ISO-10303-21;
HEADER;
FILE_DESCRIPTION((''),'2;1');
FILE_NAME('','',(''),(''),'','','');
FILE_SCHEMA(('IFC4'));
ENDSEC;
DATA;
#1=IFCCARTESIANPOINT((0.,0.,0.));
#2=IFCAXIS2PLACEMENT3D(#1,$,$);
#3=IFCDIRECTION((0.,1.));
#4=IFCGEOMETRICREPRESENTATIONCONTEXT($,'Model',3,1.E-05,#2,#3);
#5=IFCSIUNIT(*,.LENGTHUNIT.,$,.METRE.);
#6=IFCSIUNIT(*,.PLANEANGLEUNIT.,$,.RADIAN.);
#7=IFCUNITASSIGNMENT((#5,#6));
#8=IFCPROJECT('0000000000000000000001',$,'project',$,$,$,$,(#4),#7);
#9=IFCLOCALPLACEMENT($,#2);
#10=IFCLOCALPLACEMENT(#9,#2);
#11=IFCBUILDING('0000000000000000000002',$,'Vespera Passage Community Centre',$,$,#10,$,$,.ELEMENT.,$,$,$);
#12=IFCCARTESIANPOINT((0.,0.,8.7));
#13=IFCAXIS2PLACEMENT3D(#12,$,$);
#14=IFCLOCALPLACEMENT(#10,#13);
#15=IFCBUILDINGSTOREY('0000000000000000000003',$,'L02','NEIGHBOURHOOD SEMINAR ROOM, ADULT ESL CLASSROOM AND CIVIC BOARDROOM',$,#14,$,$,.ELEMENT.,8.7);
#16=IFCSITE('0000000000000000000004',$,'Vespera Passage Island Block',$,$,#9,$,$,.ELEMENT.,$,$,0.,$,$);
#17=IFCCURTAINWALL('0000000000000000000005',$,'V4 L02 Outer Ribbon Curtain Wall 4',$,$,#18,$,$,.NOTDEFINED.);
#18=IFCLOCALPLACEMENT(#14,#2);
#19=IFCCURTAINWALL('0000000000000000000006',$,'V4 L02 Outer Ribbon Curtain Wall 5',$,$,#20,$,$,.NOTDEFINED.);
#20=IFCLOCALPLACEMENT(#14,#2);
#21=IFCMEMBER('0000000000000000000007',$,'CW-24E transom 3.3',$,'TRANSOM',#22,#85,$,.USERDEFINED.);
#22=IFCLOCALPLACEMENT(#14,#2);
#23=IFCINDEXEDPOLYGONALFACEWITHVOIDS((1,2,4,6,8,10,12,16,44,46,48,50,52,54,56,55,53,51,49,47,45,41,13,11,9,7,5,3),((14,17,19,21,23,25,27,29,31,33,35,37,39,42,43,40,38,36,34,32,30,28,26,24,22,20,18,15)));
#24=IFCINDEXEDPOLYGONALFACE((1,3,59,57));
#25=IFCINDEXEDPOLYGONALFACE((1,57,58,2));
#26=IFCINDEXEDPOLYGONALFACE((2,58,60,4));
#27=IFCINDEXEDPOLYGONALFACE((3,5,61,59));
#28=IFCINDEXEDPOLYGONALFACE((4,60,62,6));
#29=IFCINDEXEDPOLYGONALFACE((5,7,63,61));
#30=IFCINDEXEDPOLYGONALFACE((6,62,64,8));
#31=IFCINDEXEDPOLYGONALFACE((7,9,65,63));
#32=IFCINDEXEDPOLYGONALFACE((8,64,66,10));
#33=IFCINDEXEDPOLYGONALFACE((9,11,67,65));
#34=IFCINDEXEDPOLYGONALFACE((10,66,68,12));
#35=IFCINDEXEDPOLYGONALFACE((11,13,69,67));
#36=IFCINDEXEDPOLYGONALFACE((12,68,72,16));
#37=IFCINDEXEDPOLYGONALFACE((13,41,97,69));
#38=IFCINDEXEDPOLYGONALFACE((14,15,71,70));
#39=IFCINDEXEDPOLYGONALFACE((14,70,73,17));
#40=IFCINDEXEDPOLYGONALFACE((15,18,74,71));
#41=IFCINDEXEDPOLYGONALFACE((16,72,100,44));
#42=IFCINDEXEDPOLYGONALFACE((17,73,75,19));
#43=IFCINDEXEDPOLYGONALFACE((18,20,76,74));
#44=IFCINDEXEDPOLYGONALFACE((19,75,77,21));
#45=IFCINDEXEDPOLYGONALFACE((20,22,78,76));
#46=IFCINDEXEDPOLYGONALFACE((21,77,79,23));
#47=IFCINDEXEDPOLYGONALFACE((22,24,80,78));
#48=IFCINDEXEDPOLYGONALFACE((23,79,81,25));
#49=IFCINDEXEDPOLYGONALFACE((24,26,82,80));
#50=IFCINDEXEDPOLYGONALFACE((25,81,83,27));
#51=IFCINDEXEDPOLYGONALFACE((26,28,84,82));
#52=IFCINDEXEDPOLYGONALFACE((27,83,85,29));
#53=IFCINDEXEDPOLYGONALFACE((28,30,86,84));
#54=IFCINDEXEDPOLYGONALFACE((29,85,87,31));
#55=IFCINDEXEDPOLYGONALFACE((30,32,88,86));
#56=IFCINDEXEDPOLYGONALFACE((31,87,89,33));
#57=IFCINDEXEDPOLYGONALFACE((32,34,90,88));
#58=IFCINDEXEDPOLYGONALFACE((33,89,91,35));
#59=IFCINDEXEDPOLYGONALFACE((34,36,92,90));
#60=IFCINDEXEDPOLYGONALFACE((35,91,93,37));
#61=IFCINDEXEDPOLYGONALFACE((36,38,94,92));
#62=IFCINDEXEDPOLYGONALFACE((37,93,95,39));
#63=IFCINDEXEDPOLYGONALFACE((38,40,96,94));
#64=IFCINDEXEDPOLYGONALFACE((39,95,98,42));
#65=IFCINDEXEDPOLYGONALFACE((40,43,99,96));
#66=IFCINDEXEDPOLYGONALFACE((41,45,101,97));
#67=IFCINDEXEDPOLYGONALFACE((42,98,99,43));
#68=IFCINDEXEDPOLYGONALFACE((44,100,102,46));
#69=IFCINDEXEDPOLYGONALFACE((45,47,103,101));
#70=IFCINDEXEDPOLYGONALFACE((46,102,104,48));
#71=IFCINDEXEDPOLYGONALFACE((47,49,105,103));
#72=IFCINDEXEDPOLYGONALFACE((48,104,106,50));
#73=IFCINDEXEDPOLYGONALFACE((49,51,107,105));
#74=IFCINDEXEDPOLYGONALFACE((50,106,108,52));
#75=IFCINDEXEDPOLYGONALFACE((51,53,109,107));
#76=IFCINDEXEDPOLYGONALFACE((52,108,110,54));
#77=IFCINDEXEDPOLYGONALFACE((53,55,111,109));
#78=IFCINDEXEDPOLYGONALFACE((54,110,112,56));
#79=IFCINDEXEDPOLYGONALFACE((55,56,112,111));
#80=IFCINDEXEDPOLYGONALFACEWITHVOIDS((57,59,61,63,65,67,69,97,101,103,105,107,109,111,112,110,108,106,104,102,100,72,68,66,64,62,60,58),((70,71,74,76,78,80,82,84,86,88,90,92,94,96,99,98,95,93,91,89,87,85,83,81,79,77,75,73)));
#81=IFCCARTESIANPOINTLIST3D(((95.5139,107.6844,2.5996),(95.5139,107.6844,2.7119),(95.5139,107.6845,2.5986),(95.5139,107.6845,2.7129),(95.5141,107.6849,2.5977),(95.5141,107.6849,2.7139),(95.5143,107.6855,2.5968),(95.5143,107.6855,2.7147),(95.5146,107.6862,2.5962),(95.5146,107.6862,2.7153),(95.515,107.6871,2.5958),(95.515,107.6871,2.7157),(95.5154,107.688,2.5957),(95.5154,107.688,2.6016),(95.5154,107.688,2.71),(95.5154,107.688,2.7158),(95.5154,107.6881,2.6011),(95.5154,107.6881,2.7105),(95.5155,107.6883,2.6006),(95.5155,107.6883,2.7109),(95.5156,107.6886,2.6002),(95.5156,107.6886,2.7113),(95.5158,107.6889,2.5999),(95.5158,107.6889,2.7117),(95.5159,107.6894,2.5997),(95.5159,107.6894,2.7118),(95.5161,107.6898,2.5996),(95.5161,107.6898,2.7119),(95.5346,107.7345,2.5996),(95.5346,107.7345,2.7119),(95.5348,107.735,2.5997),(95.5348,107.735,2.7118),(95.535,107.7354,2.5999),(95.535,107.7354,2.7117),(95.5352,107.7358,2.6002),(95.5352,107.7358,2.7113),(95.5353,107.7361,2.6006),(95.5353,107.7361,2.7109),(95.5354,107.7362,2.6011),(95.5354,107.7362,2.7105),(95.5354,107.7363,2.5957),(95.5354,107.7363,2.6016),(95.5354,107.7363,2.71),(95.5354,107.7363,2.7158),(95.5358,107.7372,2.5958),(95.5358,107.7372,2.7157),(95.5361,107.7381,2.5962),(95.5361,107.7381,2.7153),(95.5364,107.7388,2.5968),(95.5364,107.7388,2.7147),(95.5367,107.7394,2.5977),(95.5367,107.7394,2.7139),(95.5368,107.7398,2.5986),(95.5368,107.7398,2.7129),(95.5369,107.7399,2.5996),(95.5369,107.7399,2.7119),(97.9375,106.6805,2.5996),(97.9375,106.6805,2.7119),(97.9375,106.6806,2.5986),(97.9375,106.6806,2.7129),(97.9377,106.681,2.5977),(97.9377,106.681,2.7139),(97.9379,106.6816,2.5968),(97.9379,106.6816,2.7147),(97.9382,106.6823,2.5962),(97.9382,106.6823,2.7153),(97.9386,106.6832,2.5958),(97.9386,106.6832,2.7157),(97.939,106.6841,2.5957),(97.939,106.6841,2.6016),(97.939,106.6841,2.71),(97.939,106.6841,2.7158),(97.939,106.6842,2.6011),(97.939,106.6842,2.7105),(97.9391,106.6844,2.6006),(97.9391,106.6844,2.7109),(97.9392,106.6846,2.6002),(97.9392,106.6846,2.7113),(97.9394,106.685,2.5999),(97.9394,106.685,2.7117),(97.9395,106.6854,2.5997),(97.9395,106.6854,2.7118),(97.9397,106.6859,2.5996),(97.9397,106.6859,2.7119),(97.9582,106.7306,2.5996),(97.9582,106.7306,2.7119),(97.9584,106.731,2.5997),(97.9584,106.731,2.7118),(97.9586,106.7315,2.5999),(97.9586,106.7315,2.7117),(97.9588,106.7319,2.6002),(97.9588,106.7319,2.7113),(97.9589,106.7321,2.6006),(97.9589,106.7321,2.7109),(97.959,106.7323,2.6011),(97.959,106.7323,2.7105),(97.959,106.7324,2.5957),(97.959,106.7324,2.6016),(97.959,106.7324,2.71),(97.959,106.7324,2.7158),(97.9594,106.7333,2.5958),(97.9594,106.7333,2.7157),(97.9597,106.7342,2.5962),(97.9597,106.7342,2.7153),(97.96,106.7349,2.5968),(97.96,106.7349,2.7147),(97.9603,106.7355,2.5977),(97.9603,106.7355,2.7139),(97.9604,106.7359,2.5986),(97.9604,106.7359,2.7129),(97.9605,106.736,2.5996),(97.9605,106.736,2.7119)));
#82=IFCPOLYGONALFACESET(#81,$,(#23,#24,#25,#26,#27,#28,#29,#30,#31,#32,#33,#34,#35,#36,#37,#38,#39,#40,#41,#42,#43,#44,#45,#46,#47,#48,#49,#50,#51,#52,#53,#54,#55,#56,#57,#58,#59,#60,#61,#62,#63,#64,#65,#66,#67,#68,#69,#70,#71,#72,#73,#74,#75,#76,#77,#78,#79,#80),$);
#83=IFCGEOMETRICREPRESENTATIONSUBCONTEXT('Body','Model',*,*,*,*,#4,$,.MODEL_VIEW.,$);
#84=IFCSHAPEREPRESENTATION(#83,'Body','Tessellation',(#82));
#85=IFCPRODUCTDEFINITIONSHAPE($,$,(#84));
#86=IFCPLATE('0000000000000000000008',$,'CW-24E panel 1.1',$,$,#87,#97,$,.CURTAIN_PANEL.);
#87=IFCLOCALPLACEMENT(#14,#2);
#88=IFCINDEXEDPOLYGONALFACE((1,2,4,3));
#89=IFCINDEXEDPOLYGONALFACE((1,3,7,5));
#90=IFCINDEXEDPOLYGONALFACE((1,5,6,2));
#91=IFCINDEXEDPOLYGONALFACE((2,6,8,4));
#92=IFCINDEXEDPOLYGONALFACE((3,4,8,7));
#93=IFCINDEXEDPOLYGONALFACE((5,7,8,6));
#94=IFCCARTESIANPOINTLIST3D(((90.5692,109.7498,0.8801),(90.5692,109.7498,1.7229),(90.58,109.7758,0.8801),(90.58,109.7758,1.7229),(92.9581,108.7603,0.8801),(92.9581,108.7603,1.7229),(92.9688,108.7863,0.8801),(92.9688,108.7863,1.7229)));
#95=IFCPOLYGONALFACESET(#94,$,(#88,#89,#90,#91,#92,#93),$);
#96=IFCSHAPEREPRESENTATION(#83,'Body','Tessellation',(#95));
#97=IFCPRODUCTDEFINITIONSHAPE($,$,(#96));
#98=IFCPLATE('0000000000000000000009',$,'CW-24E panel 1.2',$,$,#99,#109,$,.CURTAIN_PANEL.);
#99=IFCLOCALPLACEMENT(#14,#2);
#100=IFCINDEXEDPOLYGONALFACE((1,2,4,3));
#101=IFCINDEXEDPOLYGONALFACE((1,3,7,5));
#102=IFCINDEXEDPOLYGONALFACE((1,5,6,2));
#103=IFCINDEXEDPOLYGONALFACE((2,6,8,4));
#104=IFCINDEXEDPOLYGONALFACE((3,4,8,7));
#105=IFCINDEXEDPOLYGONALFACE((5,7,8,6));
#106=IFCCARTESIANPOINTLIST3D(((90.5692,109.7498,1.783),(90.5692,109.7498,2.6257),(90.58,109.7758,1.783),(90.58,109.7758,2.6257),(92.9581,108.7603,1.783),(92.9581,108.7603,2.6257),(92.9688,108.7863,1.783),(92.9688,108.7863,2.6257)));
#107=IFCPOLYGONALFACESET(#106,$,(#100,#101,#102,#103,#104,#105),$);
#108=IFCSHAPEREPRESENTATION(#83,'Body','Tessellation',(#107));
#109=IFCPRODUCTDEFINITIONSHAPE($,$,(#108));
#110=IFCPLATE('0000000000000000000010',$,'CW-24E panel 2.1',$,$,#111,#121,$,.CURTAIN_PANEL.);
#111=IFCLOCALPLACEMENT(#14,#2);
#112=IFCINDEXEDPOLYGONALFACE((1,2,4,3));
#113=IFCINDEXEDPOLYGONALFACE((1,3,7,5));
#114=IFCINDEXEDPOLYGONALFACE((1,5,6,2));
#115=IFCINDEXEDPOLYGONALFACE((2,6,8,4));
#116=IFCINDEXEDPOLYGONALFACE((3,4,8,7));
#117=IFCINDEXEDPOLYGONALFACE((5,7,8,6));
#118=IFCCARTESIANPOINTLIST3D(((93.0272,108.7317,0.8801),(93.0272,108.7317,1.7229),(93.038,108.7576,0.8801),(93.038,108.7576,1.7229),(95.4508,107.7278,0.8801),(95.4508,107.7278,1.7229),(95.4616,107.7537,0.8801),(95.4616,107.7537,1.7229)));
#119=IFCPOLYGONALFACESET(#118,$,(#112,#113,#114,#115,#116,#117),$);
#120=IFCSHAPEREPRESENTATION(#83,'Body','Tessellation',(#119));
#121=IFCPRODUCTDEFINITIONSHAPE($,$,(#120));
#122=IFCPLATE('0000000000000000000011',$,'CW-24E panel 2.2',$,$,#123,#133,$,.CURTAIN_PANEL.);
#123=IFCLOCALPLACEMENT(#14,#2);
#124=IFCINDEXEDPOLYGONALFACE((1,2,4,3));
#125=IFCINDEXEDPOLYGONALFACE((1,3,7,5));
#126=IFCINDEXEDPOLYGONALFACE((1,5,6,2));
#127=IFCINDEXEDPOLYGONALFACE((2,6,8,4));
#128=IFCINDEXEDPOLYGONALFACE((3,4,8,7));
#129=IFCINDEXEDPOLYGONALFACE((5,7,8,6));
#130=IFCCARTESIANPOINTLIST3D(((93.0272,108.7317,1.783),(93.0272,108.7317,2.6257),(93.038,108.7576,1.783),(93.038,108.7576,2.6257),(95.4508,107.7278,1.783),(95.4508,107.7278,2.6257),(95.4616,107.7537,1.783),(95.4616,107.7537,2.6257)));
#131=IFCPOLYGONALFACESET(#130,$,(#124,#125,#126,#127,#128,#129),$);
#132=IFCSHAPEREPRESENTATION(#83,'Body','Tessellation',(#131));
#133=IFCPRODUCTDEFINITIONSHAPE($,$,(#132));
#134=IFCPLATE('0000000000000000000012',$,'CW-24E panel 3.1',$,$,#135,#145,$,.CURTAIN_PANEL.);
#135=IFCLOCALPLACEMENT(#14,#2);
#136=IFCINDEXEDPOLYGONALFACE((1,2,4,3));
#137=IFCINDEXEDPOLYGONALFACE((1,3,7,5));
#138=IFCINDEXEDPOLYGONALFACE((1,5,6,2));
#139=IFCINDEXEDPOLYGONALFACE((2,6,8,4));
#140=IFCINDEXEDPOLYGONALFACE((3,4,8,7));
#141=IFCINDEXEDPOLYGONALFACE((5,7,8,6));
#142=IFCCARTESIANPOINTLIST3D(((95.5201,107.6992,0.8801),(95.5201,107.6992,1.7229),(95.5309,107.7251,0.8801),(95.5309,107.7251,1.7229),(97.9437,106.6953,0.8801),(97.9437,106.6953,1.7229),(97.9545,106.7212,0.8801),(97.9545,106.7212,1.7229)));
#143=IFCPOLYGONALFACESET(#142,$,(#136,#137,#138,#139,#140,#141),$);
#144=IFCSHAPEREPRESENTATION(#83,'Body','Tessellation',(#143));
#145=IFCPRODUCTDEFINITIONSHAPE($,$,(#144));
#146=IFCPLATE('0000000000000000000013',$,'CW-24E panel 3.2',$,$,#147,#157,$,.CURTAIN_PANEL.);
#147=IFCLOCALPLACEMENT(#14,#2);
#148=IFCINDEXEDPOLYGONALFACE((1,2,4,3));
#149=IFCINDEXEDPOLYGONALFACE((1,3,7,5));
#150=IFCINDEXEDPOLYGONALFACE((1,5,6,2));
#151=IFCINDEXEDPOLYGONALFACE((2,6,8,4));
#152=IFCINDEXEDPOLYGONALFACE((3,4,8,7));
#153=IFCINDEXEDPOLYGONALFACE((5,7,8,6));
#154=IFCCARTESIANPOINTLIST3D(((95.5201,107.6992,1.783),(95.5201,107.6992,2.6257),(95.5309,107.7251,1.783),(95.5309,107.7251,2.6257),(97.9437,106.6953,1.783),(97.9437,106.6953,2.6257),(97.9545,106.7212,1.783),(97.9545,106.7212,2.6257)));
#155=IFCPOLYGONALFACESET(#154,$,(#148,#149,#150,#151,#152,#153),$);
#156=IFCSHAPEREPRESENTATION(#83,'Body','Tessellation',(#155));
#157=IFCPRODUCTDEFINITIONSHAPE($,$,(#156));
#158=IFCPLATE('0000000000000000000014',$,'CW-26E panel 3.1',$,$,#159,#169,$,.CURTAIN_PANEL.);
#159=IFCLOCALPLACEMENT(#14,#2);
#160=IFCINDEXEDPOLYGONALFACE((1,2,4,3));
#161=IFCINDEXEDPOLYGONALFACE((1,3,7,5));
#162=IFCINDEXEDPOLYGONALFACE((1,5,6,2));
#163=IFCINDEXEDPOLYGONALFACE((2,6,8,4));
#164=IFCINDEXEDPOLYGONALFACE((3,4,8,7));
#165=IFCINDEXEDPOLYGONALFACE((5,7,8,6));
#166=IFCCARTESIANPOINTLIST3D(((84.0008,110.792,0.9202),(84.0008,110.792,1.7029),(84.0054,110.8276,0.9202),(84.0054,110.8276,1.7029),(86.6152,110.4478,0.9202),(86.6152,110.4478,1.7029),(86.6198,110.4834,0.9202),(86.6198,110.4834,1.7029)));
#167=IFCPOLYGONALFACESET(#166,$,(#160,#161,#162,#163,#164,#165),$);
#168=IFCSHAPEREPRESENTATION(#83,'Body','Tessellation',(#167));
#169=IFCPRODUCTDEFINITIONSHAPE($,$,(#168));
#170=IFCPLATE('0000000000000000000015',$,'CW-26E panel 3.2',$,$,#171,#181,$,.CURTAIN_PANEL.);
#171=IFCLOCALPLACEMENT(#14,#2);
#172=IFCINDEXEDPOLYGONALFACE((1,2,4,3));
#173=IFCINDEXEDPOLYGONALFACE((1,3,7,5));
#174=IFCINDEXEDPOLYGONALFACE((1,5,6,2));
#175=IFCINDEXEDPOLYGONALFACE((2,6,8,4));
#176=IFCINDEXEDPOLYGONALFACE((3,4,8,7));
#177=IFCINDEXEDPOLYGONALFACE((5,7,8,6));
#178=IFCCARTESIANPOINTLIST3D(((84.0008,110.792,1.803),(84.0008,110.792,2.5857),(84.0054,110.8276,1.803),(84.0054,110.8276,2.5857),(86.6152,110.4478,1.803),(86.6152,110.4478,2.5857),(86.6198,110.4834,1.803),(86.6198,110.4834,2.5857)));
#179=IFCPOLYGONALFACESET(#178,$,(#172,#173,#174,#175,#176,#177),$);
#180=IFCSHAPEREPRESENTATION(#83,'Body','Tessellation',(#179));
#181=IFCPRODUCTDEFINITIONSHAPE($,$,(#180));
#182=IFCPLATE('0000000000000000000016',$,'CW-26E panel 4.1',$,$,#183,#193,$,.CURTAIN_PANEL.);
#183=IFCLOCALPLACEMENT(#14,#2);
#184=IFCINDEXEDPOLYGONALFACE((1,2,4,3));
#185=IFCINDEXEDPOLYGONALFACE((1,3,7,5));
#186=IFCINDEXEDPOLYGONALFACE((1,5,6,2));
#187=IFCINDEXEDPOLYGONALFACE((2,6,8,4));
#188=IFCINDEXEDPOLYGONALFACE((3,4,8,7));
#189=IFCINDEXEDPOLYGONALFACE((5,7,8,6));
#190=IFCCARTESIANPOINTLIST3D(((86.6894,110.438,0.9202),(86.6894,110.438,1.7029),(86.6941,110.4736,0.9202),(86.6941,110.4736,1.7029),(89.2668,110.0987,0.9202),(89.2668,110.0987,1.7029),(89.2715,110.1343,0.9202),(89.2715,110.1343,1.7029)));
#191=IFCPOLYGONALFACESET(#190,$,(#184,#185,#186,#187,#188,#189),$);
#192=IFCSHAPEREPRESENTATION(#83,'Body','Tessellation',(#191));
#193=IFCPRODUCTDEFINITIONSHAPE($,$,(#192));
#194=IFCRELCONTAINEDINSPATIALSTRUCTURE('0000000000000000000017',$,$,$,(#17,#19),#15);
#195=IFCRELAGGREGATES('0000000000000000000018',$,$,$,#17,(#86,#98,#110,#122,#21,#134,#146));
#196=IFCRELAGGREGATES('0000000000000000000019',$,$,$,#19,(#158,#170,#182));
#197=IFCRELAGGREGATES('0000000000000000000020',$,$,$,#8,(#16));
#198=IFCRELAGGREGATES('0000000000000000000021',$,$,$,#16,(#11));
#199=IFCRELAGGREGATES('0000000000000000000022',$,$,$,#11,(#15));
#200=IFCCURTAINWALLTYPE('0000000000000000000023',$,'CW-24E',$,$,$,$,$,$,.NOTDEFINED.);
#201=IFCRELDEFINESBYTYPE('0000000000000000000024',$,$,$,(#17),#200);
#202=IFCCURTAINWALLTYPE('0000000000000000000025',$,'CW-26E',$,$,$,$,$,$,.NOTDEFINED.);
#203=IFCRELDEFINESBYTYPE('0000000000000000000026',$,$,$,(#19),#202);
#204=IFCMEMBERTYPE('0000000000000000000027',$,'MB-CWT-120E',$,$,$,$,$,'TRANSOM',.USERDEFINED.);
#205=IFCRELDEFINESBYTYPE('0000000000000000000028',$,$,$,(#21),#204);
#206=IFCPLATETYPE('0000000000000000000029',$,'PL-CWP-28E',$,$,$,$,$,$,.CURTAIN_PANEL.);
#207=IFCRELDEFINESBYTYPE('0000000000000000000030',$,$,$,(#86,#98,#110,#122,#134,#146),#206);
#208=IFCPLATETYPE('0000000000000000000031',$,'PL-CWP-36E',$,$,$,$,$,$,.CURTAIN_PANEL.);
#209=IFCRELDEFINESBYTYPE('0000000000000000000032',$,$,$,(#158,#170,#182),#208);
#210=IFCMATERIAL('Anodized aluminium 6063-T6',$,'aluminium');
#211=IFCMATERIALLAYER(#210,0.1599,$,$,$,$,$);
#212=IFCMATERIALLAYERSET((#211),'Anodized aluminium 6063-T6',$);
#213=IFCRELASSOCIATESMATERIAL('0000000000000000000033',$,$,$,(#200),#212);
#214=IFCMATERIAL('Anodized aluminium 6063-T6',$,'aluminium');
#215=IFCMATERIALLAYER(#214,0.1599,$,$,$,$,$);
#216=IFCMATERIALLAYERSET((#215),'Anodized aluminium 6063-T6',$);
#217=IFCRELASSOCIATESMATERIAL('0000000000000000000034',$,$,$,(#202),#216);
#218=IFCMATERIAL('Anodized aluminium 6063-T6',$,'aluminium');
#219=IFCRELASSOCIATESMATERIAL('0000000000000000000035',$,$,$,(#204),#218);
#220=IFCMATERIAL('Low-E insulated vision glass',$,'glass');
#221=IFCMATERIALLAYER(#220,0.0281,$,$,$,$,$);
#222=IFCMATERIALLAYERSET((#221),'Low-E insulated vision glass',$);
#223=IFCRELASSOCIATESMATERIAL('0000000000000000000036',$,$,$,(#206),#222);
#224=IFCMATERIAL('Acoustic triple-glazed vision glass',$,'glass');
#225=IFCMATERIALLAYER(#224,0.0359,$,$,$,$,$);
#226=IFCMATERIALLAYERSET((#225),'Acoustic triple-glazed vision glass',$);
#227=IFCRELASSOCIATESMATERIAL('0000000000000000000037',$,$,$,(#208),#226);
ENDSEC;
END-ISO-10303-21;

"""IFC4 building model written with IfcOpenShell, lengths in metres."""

from ifc_helpers import new_model, si_unit, direction, frame, origin, origin_2d, place, context, subcontext, project, spatial, rectangle, hollow_rectangle, extrude, material, layer, layer_set, material_profile, profile_set, type_object, element, aggregate, save


model = new_model("IFC4")

# Units and contexts
model_context = context("Model", 3, precision=1e-05, world=origin(), true_north=direction((0.0, 1.0)))
body_context = subcontext(model_context, "Body", "Model", "MODEL_VIEW")
ifc_project = project(units=[si_unit("LENGTHUNIT", "METRE"), si_unit("PLANEANGLEUNIT", "RADIAN")], contexts=[model_context])

# Site, building, storey
site_placement = place(None, origin())
site = spatial("IfcSite", under=ifc_project, at=site_placement, Name="Vespera Passage Island Block", CompositionType="ELEMENT", RefElevation=0.0)
building_placement = place(site_placement, origin())
building = spatial("IfcBuilding", under=site, at=building_placement, Name="Vespera Passage Community Centre", CompositionType="ELEMENT")
storey_placement = place(building_placement, frame((0.0, 0.0, 8.7)))
storey = spatial("IfcBuildingStorey", under=building, at=storey_placement, Name="L02", Description="NEIGHBOURHOOD SEMINAR ROOM, ADULT ESL CLASSROOM AND CIVIC BOARDROOM", CompositionType="ELEMENT", Elevation=8.7)

# Curtain walls
ifc_material_1 = material(Name="Anodized aluminium 6063-T6", Category="aluminium")
ifc_layer_1 = layer(ifc_material_1, 0.1599)
ifc_layer_set_1 = layer_set([ifc_layer_1], Name="Anodized aluminium 6063-T6")
curtain_wall_type_1 = type_object("IfcCurtainWallType", Name="CW-24E", PredefinedType="NOTDEFINED", material=ifc_layer_set_1)
curtain_wall_1_placement = place(storey_placement, origin())
curtain_wall_1 = element("IfcCurtainWall", 1, at=curtain_wall_1_placement, inside=storey, type_object=curtain_wall_type_1, Name="V4 L02 Outer Ribbon Curtain Wall 4", PredefinedType="NOTDEFINED")
ifc_material_2 = material(Name="Anodized aluminium 6063-T6", Category="aluminium")
ifc_layer_2 = layer(ifc_material_2, 0.1599)
ifc_layer_set_2 = layer_set([ifc_layer_2], Name="Anodized aluminium 6063-T6")
curtain_wall_type_2 = type_object("IfcCurtainWallType", Name="CW-26E", PredefinedType="NOTDEFINED", material=ifc_layer_set_2)
curtain_wall_2_placement = place(storey_placement, origin())
curtain_wall_2 = element("IfcCurtainWall", 2, at=curtain_wall_2_placement, inside=storey, type_object=curtain_wall_type_2, Name="V4 L02 Outer Ribbon Curtain Wall 5", PredefinedType="NOTDEFINED")

# Member
ifc_material_3 = material(Name="Anodized aluminium 6063-T6", Category="aluminium")
ifc_material_profile_1 = material_profile(ifc_material_3, hollow_rectangle(XDim=0.0601, YDim=0.1201, WallThickness=0.0039, InnerFilletRadius=0.002, OuterFilletRadius=0.0039, at=origin_2d()), Name="ALU120X60X4")
ifc_profile_set_1 = profile_set([ifc_material_profile_1], Name="Anodized aluminium 6063-T6")
member_type_1 = type_object("IfcMemberType", Name="MB-CWT-120E", ElementType="TRANSOM", PredefinedType="USERDEFINED", material=ifc_profile_set_1)
member_1_placement = place(storey_placement, frame((95.5254, 107.7122, 2.6558), z_axis=(0.923876, -0.382692, 0.0), x_axis=(0.382692, 0.923876, 0.0)))
member_1 = element("IfcMember", 3, at=member_1_placement, type_object=member_type_1, Name="CW-24E transom 3.3", ObjectType="TRANSOM", PredefinedType="USERDEFINED", context=body_context, shape_type="SweptSolid", body=[
    extrude(hollow_rectangle(XDim=0.0601, YDim=0.1201, WallThickness=0.0039, InnerFilletRadius=0.002, OuterFilletRadius=0.0039, at=origin_2d()), origin(), (0.0, 0.0, 1.0), 2.6233),
])

# Plates
ifc_material_4 = material(Name="Low-E insulated vision glass", Category="glass")
ifc_layer_3 = layer(ifc_material_4, 0.0281)
ifc_layer_set_3 = layer_set([ifc_layer_3], Name="Low-E insulated vision glass")
plate_type_1 = type_object("IfcPlateType", Name="PL-CWP-28E", PredefinedType="CURTAIN_PANEL", material=ifc_layer_set_3)
plate_1_placement = place(storey_placement, frame((91.769, 109.2681, 0.8801), z_axis=(0.0, 0.0, 1.0), x_axis=(0.92388, -0.382683, 0.0)))
plate_1 = element("IfcPlate", 4, at=plate_1_placement, type_object=plate_type_1, Name="CW-24E panel 1.1", PredefinedType="CURTAIN_PANEL", context=body_context, shape_type="SweptSolid", body=[
    extrude(rectangle(XDim=2.5857, YDim=0.0281, at=origin_2d()), origin(), (0.0, 0.0, 1.0), 0.8428),
])
plate_2_placement = place(storey_placement, frame((91.769, 109.2681, 1.783), z_axis=(0.0, 0.0, 1.0), x_axis=(0.92388, -0.382683, 0.0)))
plate_2 = element("IfcPlate", 5, at=plate_2_placement, type_object=plate_type_1, Name="CW-24E panel 1.2", PredefinedType="CURTAIN_PANEL", context=body_context, shape_type="SweptSolid", body=[
    extrude(rectangle(XDim=2.5857, YDim=0.0281, at=origin_2d()), origin(), (0.0, 0.0, 1.0), 0.8428),
])
plate_3_placement = place(storey_placement, frame((94.2444, 108.2427, 0.8801), z_axis=(0.0, 0.0, 1.0), x_axis=(0.92388, -0.382683, 0.0)))
plate_3 = element("IfcPlate", 6, at=plate_3_placement, type_object=plate_type_1, Name="CW-24E panel 2.1", PredefinedType="CURTAIN_PANEL", context=body_context, shape_type="SweptSolid", body=[
    extrude(rectangle(XDim=2.6233, YDim=0.0281, at=origin_2d()), origin(), (0.0, 0.0, 1.0), 0.8428),
])
plate_4_placement = place(storey_placement, frame((94.2444, 108.2427, 1.783), z_axis=(0.0, 0.0, 1.0), x_axis=(0.92388, -0.382683, 0.0)))
plate_4 = element("IfcPlate", 7, at=plate_4_placement, type_object=plate_type_1, Name="CW-24E panel 2.2", PredefinedType="CURTAIN_PANEL", context=body_context, shape_type="SweptSolid", body=[
    extrude(rectangle(XDim=2.6233, YDim=0.0281, at=origin_2d()), origin(), (0.0, 0.0, 1.0), 0.8428),
])
plate_5_placement = place(storey_placement, frame((96.7373, 107.2102, 0.8801), z_axis=(0.0, 0.0, 1.0), x_axis=(0.92388, -0.382683, 0.0)))
plate_5 = element("IfcPlate", 8, at=plate_5_placement, type_object=plate_type_1, Name="CW-24E panel 3.1", PredefinedType="CURTAIN_PANEL", context=body_context, shape_type="SweptSolid", body=[
    extrude(rectangle(XDim=2.6233, YDim=0.0281, at=origin_2d()), origin(), (0.0, 0.0, 1.0), 0.8428),
])
plate_6_placement = place(storey_placement, frame((96.7373, 107.2102, 1.783), z_axis=(0.0, 0.0, 1.0), x_axis=(0.92388, -0.382683, 0.0)))
plate_6 = element("IfcPlate", 9, at=plate_6_placement, type_object=plate_type_1, Name="CW-24E panel 3.2", PredefinedType="CURTAIN_PANEL", context=body_context, shape_type="SweptSolid", body=[
    extrude(rectangle(XDim=2.6233, YDim=0.0281, at=origin_2d()), origin(), (0.0, 0.0, 1.0), 0.8428),
])
aggregate(curtain_wall_1, [plate_1, plate_2, plate_3, plate_4, member_1, plate_5, plate_6])
ifc_material_5 = material(Name="Acoustic triple-glazed vision glass", Category="glass")
ifc_layer_4 = layer(ifc_material_5, 0.0359)
ifc_layer_set_4 = layer_set([ifc_layer_4], Name="Acoustic triple-glazed vision glass")
plate_type_2 = type_object("IfcPlateType", Name="PL-CWP-36E", PredefinedType="CURTAIN_PANEL", material=ifc_layer_set_4)
plate_7_placement = place(storey_placement, frame((85.3103, 110.6377, 0.9202), z_axis=(0.0, 0.0, 1.0), x_axis=(0.991444, -0.130531, 0.0)))
plate_7 = element("IfcPlate", 10, at=plate_7_placement, type_object=plate_type_2, Name="CW-26E panel 3.1", PredefinedType="CURTAIN_PANEL", context=body_context, shape_type="SweptSolid", body=[
    extrude(rectangle(XDim=2.637, YDim=0.0359, at=origin_2d()), origin(), (0.0, 0.0, 1.0), 0.7827),
])
plate_8_placement = place(storey_placement, frame((85.3103, 110.6377, 1.803), z_axis=(0.0, 0.0, 1.0), x_axis=(0.991444, -0.130531, 0.0)))
plate_8 = element("IfcPlate", 11, at=plate_8_placement, type_object=plate_type_2, Name="CW-26E panel 3.2", PredefinedType="CURTAIN_PANEL", context=body_context, shape_type="SweptSolid", body=[
    extrude(rectangle(XDim=2.637, YDim=0.0359, at=origin_2d()), origin(), (0.0, 0.0, 1.0), 0.7827),
])
plate_9_placement = place(storey_placement, frame((87.9805, 110.2861, 0.9202), z_axis=(0.0, 0.0, 1.0), x_axis=(0.991444, -0.130531, 0.0)))
plate_9 = element("IfcPlate", 12, at=plate_9_placement, type_object=plate_type_2, Name="CW-26E panel 4.1", PredefinedType="CURTAIN_PANEL", context=body_context, shape_type="SweptSolid", body=[
    extrude(rectangle(XDim=2.5996, YDim=0.0359, at=origin_2d()), origin(), (0.0, 0.0, 1.0), 0.7827),
])
aggregate(curtain_wall_2, [plate_7, plate_8, plate_9])

save(model, "model.ifc")
